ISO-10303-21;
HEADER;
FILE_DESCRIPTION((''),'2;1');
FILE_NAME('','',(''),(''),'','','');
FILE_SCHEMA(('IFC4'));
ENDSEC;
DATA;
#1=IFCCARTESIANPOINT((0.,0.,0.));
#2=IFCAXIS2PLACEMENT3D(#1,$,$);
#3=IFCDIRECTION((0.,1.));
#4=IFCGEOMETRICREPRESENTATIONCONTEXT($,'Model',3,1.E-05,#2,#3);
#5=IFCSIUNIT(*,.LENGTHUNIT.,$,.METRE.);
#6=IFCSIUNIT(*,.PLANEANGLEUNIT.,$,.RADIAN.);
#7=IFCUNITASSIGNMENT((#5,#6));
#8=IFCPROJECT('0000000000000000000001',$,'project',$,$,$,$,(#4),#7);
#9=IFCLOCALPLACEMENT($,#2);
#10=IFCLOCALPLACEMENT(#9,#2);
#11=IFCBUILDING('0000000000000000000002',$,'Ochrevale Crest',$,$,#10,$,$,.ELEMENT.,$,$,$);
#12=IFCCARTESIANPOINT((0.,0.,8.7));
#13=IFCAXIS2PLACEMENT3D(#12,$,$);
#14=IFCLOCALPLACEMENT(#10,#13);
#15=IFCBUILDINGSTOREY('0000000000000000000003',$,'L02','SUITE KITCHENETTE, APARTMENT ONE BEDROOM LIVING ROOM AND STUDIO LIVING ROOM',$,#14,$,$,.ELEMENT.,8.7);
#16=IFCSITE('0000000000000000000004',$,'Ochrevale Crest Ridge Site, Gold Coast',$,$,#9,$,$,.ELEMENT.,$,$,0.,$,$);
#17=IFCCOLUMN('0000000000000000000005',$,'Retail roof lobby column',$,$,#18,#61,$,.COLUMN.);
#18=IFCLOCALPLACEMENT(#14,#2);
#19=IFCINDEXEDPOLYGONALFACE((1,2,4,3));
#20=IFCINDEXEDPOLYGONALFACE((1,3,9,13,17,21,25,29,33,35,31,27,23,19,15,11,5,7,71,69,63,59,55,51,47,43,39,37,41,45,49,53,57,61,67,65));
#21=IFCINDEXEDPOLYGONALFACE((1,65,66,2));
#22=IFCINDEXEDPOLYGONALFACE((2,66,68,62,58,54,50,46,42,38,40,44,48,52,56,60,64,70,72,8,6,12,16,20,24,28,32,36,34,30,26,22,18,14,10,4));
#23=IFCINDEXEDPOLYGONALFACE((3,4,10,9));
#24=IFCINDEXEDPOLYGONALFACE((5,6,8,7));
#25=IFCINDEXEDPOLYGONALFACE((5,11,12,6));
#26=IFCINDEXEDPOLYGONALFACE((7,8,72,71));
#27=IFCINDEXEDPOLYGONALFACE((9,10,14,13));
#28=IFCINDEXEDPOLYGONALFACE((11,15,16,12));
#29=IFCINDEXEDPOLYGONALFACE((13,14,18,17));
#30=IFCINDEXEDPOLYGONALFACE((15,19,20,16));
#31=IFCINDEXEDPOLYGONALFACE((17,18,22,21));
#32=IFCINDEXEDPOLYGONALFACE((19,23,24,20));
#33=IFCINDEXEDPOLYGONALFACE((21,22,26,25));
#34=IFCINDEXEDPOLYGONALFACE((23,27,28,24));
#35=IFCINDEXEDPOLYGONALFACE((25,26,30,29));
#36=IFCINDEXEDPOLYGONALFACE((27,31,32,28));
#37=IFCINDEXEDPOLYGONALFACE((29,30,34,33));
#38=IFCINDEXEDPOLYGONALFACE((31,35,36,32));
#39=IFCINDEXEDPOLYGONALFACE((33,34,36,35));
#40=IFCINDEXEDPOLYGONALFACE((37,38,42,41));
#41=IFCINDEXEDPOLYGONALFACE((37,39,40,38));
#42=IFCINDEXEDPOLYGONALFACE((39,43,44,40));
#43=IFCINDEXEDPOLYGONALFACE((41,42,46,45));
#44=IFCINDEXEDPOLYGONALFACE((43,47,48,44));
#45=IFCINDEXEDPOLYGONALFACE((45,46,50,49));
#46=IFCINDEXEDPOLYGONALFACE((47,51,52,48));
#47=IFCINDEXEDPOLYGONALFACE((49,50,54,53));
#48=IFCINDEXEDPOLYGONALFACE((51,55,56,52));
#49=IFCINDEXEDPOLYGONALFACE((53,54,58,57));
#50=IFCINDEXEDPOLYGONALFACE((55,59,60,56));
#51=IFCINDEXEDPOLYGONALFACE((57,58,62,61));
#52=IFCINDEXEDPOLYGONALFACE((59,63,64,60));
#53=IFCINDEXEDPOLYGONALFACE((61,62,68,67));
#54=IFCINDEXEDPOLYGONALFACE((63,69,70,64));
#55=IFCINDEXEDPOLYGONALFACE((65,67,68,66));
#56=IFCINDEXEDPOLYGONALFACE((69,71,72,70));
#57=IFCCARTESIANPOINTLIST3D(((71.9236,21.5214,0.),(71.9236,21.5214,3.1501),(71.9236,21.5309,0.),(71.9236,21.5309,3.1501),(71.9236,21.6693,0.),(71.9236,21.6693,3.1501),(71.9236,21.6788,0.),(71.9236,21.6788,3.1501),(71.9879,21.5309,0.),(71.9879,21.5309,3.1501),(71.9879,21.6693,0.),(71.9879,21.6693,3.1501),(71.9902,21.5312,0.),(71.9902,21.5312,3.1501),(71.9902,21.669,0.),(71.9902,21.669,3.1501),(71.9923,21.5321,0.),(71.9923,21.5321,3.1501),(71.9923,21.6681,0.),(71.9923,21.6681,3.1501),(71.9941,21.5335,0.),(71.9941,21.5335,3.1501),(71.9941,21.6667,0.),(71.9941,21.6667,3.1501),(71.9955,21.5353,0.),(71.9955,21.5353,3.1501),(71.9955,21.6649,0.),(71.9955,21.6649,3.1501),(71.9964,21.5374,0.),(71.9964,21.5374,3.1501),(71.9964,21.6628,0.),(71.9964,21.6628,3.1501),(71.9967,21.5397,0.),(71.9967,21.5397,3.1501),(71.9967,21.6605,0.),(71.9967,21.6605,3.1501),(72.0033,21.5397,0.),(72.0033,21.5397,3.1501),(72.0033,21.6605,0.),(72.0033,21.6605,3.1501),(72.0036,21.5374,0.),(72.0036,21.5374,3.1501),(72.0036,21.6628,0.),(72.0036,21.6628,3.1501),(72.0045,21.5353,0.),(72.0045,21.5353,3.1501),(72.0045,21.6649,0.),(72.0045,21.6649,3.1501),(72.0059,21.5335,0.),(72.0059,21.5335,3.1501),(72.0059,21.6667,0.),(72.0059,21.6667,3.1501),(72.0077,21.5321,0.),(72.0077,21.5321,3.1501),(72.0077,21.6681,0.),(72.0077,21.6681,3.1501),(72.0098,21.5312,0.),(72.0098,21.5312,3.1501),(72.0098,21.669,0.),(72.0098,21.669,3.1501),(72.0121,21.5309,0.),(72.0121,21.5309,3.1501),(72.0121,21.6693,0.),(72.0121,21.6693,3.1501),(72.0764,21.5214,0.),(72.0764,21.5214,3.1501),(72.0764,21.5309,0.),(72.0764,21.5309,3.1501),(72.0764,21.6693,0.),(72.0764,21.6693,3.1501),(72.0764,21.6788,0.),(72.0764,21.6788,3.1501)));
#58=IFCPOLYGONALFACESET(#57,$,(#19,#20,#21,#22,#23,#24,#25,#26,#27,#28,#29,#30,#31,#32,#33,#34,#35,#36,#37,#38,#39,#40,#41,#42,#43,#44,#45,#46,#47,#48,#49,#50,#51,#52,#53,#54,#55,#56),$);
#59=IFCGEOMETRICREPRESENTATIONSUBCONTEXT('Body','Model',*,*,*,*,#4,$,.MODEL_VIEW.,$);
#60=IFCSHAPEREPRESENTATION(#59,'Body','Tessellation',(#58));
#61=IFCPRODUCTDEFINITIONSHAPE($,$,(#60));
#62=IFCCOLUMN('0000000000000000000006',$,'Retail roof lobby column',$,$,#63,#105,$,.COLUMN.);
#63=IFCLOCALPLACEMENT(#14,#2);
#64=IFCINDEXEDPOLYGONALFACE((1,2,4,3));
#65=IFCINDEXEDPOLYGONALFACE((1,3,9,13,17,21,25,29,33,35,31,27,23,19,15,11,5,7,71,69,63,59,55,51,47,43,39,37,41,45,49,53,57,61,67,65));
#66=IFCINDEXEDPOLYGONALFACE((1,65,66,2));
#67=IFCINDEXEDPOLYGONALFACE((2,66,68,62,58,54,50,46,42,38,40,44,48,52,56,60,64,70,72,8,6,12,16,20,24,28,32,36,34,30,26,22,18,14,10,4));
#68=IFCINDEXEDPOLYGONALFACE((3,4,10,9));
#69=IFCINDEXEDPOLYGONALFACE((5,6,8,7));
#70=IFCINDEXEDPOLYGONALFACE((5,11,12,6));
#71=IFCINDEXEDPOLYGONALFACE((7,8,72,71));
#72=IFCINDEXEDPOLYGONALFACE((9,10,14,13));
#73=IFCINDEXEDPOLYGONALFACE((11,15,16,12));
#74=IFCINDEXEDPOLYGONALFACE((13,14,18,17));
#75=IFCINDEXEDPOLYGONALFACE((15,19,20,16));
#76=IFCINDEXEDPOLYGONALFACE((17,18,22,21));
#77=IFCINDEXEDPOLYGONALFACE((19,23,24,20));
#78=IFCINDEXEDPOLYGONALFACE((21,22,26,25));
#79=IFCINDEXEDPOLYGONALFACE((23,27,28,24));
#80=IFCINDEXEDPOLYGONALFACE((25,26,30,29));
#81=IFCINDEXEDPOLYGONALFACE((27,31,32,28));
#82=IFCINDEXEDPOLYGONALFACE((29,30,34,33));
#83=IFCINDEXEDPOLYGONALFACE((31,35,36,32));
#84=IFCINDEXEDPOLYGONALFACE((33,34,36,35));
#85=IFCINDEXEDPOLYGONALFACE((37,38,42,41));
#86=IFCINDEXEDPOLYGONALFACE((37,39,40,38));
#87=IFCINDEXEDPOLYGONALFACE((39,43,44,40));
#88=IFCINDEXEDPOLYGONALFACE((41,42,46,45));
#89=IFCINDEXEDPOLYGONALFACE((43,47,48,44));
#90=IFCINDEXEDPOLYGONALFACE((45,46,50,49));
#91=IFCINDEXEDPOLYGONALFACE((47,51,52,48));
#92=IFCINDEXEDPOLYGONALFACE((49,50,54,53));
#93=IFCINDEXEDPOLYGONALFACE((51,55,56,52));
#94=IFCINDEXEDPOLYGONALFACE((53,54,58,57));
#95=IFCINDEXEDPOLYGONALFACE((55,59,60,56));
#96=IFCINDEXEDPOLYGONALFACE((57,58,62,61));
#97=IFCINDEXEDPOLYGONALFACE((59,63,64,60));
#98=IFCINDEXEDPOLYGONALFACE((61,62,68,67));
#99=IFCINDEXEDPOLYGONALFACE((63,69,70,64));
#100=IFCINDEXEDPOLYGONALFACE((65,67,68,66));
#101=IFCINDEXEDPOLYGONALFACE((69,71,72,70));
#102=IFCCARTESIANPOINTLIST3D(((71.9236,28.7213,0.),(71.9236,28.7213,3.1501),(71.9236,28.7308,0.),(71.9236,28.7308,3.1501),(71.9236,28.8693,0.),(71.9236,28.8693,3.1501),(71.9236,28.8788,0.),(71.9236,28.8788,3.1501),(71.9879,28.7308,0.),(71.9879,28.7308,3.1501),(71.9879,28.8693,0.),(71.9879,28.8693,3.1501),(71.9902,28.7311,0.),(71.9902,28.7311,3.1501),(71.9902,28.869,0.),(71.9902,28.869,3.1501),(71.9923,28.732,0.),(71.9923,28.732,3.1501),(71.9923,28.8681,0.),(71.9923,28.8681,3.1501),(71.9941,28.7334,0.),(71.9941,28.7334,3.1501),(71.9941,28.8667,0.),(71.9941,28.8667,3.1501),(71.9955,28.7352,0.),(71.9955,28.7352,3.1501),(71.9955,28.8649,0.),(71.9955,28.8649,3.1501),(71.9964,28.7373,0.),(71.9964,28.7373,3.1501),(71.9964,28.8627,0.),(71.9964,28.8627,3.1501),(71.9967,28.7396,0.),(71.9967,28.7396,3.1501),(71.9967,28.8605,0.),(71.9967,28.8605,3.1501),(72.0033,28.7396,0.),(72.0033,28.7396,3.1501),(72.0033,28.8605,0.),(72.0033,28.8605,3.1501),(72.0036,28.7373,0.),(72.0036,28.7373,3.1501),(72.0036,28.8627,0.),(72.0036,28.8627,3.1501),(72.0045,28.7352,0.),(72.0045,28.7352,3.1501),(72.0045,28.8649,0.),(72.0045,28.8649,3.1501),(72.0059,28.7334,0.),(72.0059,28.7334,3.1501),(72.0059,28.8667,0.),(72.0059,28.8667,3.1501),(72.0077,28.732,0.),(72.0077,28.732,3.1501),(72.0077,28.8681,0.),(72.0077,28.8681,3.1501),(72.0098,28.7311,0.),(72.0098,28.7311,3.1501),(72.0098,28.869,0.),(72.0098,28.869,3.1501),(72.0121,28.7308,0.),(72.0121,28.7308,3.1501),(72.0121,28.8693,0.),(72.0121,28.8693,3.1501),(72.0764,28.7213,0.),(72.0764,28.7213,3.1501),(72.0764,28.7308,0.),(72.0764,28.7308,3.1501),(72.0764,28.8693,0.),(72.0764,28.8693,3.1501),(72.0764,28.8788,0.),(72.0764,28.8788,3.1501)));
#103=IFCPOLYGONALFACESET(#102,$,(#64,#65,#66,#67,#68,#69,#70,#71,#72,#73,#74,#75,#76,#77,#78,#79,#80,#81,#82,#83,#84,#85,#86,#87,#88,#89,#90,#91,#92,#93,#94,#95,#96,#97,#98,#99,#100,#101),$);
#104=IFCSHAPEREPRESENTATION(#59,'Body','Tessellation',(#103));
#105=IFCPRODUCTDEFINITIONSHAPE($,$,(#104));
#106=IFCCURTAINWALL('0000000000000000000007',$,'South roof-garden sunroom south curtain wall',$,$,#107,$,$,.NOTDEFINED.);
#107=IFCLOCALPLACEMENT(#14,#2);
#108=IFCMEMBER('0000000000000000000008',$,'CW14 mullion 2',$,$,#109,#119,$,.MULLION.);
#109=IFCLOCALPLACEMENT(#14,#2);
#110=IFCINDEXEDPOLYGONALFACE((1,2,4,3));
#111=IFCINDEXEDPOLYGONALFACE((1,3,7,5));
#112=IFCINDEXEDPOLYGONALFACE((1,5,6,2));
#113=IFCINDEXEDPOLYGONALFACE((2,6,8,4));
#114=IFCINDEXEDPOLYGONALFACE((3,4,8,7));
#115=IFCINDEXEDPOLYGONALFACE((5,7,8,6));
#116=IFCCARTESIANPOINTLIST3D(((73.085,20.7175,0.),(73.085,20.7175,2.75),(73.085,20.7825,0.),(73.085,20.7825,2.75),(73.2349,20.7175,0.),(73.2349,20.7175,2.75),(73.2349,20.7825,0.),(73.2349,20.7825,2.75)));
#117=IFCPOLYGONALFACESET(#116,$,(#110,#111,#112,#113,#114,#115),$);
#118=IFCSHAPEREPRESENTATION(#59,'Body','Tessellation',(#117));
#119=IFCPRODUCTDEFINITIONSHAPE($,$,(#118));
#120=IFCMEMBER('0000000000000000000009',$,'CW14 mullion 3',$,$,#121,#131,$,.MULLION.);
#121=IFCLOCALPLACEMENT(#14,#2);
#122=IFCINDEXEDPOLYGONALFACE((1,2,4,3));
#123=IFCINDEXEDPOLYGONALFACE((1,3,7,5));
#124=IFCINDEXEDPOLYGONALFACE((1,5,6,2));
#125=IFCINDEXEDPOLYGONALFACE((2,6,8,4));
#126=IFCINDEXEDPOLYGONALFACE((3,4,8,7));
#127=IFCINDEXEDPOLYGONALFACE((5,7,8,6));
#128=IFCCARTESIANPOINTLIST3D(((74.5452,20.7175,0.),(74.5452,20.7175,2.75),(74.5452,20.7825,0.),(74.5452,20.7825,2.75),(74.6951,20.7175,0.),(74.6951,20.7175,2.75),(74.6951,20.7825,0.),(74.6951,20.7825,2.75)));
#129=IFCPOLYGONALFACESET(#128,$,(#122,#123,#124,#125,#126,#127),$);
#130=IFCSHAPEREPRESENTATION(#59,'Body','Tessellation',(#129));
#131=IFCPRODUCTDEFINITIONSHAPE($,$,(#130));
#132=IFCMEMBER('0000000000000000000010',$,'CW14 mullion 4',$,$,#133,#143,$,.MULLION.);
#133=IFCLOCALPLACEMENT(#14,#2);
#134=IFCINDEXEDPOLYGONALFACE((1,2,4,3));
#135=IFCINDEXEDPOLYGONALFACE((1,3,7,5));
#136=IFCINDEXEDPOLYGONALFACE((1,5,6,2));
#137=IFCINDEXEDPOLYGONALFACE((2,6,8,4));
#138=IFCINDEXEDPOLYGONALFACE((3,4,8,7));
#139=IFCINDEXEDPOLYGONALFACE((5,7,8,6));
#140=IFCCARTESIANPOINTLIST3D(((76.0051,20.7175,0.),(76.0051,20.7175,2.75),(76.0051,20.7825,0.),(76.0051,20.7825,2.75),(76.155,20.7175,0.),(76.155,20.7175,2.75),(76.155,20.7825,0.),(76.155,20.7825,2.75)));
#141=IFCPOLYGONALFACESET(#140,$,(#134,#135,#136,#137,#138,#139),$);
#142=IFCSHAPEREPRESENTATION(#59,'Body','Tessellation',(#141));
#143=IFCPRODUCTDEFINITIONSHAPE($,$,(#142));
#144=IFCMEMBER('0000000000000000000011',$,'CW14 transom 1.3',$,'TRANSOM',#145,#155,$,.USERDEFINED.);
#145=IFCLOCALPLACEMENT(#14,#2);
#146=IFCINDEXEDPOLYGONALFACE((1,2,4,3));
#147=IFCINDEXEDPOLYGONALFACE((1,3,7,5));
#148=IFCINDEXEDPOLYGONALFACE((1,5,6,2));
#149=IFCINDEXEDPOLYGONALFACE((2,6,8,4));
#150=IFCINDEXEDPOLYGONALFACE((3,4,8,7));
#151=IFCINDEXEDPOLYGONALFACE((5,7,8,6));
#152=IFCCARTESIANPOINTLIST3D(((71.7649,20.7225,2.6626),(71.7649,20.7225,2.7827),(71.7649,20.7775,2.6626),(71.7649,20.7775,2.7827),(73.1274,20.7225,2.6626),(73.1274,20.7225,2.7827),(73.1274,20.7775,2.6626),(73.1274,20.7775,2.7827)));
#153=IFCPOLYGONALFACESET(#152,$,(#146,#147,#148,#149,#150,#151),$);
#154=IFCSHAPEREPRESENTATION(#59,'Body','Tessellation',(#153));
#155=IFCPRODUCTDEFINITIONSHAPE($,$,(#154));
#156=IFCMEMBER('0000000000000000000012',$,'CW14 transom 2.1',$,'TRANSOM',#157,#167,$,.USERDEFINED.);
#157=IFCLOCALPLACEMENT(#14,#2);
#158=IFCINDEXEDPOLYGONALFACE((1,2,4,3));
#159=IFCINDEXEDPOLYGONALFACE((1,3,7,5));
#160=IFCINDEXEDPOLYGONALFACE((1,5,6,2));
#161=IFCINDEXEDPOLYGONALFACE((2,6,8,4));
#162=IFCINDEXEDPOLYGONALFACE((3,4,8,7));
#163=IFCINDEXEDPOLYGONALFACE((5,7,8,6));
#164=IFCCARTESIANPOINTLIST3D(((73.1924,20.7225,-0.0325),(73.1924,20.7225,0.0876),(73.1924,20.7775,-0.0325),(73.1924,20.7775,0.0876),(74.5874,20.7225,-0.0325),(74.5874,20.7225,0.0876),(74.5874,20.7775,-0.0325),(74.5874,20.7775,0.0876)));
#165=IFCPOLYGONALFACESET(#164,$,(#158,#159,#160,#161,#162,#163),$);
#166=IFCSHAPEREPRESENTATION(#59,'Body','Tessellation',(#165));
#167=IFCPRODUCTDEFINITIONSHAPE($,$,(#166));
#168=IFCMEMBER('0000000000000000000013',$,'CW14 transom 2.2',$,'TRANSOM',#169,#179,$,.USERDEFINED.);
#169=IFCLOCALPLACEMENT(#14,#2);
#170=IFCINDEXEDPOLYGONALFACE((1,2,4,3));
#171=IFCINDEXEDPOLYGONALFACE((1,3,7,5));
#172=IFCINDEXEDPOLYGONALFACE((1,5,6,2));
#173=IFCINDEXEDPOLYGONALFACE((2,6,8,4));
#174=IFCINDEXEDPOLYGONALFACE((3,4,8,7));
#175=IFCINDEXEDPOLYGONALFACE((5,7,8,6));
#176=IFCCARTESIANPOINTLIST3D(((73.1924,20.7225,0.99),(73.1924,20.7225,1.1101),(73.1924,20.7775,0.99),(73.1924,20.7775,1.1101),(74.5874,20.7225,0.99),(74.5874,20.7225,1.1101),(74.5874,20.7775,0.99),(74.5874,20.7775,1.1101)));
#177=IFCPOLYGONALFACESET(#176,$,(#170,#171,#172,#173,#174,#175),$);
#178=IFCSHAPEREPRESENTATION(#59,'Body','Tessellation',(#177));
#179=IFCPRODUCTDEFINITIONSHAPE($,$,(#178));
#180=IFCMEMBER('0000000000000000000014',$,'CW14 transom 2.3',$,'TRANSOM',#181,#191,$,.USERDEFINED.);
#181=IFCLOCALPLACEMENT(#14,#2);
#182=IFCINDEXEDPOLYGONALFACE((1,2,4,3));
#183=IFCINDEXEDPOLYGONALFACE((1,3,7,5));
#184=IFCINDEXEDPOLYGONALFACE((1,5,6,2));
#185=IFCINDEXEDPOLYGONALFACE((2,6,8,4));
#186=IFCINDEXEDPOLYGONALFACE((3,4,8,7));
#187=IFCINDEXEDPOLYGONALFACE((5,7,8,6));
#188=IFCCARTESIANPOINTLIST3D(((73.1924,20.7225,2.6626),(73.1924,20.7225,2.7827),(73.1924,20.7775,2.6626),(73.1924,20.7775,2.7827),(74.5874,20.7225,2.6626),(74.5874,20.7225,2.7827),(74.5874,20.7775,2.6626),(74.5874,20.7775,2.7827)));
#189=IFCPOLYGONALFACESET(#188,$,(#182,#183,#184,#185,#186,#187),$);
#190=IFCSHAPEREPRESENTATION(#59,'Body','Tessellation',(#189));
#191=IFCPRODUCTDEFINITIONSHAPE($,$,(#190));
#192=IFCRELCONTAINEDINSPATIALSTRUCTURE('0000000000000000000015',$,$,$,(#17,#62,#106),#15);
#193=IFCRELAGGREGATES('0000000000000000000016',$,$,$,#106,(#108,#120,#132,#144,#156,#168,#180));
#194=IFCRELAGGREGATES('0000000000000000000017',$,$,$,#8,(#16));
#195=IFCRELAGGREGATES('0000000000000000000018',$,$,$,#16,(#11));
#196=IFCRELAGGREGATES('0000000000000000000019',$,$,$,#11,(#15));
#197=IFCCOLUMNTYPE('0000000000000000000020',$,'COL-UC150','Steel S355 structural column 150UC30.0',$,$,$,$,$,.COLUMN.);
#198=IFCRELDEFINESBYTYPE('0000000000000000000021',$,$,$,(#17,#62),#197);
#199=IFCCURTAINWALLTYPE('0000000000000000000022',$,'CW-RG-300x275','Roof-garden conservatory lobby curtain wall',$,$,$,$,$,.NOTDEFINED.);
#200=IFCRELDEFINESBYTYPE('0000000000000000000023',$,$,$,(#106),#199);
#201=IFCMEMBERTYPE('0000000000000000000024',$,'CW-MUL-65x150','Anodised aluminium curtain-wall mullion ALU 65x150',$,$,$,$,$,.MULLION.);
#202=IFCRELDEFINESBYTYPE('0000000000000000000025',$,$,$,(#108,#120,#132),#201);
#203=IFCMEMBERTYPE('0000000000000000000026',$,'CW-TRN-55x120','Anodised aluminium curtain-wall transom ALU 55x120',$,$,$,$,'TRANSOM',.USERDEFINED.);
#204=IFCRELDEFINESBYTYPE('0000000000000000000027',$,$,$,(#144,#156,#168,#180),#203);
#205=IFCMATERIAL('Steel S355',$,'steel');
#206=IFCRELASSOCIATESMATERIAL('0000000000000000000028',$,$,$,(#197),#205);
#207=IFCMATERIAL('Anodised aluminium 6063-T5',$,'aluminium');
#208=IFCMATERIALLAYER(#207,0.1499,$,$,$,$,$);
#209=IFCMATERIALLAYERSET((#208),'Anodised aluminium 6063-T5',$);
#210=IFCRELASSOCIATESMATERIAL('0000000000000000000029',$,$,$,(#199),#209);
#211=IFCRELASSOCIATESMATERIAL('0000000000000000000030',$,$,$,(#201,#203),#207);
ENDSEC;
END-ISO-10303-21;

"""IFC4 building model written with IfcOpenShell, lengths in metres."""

from ifc_helpers import new_model, si_unit, direction, frame, origin, origin_2d, place, context, subcontext, project, spatial, rectangle, i_section, extrude, material, layer, layer_set, material_profile, profile_set, type_object, element, aggregate, save


model = new_model("IFC4")

# Units and contexts
model_context = context("Model", 3, precision=1e-05, world=origin(), true_north=direction((0.0, 1.0)))
body_context = subcontext(model_context, "Body", "Model", "MODEL_VIEW")
ifc_project = project(units=[si_unit("LENGTHUNIT", "METRE"), si_unit("PLANEANGLEUNIT", "RADIAN")], contexts=[model_context])

# Site, building, storey
site_placement = place(None, origin())
site = spatial("IfcSite", under=ifc_project, at=site_placement, Name="Ochrevale Crest Ridge Site, Gold Coast", CompositionType="ELEMENT", RefElevation=0.0)
building_placement = place(site_placement, origin())
building = spatial("IfcBuilding", under=site, at=building_placement, Name="Ochrevale Crest", CompositionType="ELEMENT")
storey_placement = place(building_placement, frame((0.0, 0.0, 8.7)))
storey = spatial("IfcBuildingStorey", under=building, at=storey_placement, Name="L02", Description="SUITE KITCHENETTE, APARTMENT ONE BEDROOM LIVING ROOM AND STUDIO LIVING ROOM", CompositionType="ELEMENT", Elevation=8.7)

# Columns
ifc_material_1 = material(Name="Steel S355", Category="steel")
ifc_material_profile_1 = material_profile(ifc_material_1, i_section(OverallWidth=0.1528, OverallDepth=0.1575, WebThickness=0.0066, FlangeThickness=0.0095, FilletRadius=0.0088, at=origin_2d()), Name="150UC30.0")
ifc_profile_set_1 = profile_set([ifc_material_profile_1], Name="Steel S355")
column_type = type_object("IfcColumnType", Name="COL-UC150", Description="Steel S355 structural column 150UC30.0", PredefinedType="COLUMN", material=ifc_profile_set_1)
for number, where, z_axis, x_axis, name in (
    (1, (72.0, 21.6001, 0.0), (0.0, 0.0, 1.0), (1.0, 0.0, 0.0), "Retail roof lobby column"),
    (2, (72.0, 28.8, 0.0), (0.0, 0.0, 1.0), (1.0, 0.0, 0.0), "Retail roof lobby column"),
):
    element("IfcColumn", number, at=place(storey_placement, frame(where, z_axis=z_axis, x_axis=x_axis)), inside=storey, type_object=column_type, Name=name, PredefinedType="COLUMN", context=body_context, shape_type="SweptSolid", body=[
        extrude(i_section(OverallWidth=0.1528, OverallDepth=0.1575, WebThickness=0.0066, FlangeThickness=0.0095, FilletRadius=0.0088, at=origin_2d()), origin(), (0.0, 0.0, 1.0), 3.1501),
    ])

# Curtain wall, members
ifc_material_2 = material(Name="Anodised aluminium 6063-T5", Category="aluminium")
ifc_layer_1 = layer(ifc_material_2, 0.1499)
ifc_layer_set_1 = layer_set([ifc_layer_1], Name="Anodised aluminium 6063-T5")
curtain_wall_type = type_object("IfcCurtainWallType", Name="CW-RG-300x275", Description="Roof-garden conservatory lobby curtain wall", PredefinedType="NOTDEFINED", material=ifc_layer_set_1)
curtain_wall_placement = place(storey_placement, origin())
curtain_wall = element("IfcCurtainWall", 3, at=curtain_wall_placement, inside=storey, type_object=curtain_wall_type, Name="South roof-garden sunroom south curtain wall", PredefinedType="NOTDEFINED")
ifc_material_profile_2 = material_profile(ifc_material_2, rectangle(XDim=0.0649, YDim=0.1499, at=origin_2d()), Name="ALU 65x150")
ifc_profile_set_2 = profile_set([ifc_material_profile_2], Name="Anodised aluminium 6063-T5")
member_type_1 = type_object("IfcMemberType", Name="CW-MUL-65x150", Description="Anodised aluminium curtain-wall mullion ALU 65x150", PredefinedType="MULLION", material=ifc_profile_set_2)
member_1_placement = place(storey_placement, frame((73.1599, 20.75, 0.0), z_axis=(0.0, 0.0, 1.0), x_axis=(0.0, 1.0, 0.0)))
member_1 = element("IfcMember", 4, at=member_1_placement, type_object=member_type_1, Name="CW14 mullion 2", PredefinedType="MULLION", context=body_context, shape_type="SweptSolid", body=[
    extrude(rectangle(XDim=0.0649, YDim=0.1499, at=origin_2d()), origin(), (0.0, 0.0, 1.0), 2.75),
])
member_2_placement = place(storey_placement, frame((74.6201, 20.75, 0.0), z_axis=(0.0, 0.0, 1.0), x_axis=(0.0, 1.0, 0.0)))
member_2 = element("IfcMember", 5, at=member_2_placement, type_object=member_type_1, Name="CW14 mullion 3", PredefinedType="MULLION", context=body_context, shape_type="SweptSolid", body=[
    extrude(rectangle(XDim=0.0649, YDim=0.1499, at=origin_2d()), origin(), (0.0, 0.0, 1.0), 2.75),
])
member_3_placement = place(storey_placement, frame((76.0801, 20.75, 0.0), z_axis=(0.0, 0.0, 1.0), x_axis=(0.0, 1.0, 0.0)))
member_3 = element("IfcMember", 6, at=member_3_placement, type_object=member_type_1, Name="CW14 mullion 4", PredefinedType="MULLION", context=body_context, shape_type="SweptSolid", body=[
    extrude(rectangle(XDim=0.0649, YDim=0.1499, at=origin_2d()), origin(), (0.0, 0.0, 1.0), 2.75),
])
ifc_material_profile_3 = material_profile(ifc_material_2, rectangle(XDim=0.0549, YDim=0.1201, at=origin_2d()), Name="ALU 55x120")
ifc_profile_set_3 = profile_set([ifc_material_profile_3], Name="Anodised aluminium 6063-T5")
member_type_2 = type_object("IfcMemberType", Name="CW-TRN-55x120", Description="Anodised aluminium curtain-wall transom ALU 55x120", ElementType="TRANSOM", PredefinedType="USERDEFINED", material=ifc_profile_set_3)
member_4_placement = place(storey_placement, frame((71.7649, 20.75, 2.7227), z_axis=(1.0, 0.0, 0.0), x_axis=(0.0, 1.0, 0.0)))
member_4 = element("IfcMember", 7, at=member_4_placement, type_object=member_type_2, Name="CW14 transom 1.3", ObjectType="TRANSOM", PredefinedType="USERDEFINED", context=body_context, shape_type="SweptSolid", body=[
    extrude(rectangle(XDim=0.0549, YDim=0.1201, at=origin_2d()), origin(), (0.0, 0.0, 1.0), 1.3625),
])
member_5_placement = place(storey_placement, frame((73.1924, 20.75, 0.0276), z_axis=(1.0, 0.0, 0.0), x_axis=(0.0, 1.0, 0.0)))
member_5 = element("IfcMember", 8, at=member_5_placement, type_object=member_type_2, Name="CW14 transom 2.1", ObjectType="TRANSOM", PredefinedType="USERDEFINED", context=body_context, shape_type="SweptSolid", body=[
    extrude(rectangle(XDim=0.0549, YDim=0.1201, at=origin_2d()), origin(), (0.0, 0.0, 1.0), 1.395),
])
member_6_placement = place(storey_placement, frame((73.1924, 20.75, 1.05), z_axis=(1.0, 0.0, 0.0), x_axis=(0.0, 1.0, 0.0)))
member_6 = element("IfcMember", 9, at=member_6_placement, type_object=member_type_2, Name="CW14 transom 2.2", ObjectType="TRANSOM", PredefinedType="USERDEFINED", context=body_context, shape_type="SweptSolid", body=[
    extrude(rectangle(XDim=0.0549, YDim=0.1201, at=origin_2d()), origin(), (0.0, 0.0, 1.0), 1.395),
])
member_7_placement = place(storey_placement, frame((73.1924, 20.75, 2.7227), z_axis=(1.0, 0.0, 0.0), x_axis=(0.0, 1.0, 0.0)))
member_7 = element("IfcMember", 10, at=member_7_placement, type_object=member_type_2, Name="CW14 transom 2.3", ObjectType="TRANSOM", PredefinedType="USERDEFINED", context=body_context, shape_type="SweptSolid", body=[
    extrude(rectangle(XDim=0.0549, YDim=0.1201, at=origin_2d()), origin(), (0.0, 0.0, 1.0), 1.395),
])
aggregate(curtain_wall, [member_1, member_2, member_3, member_4, member_5, member_6, member_7])

save(model, "model.ifc")
